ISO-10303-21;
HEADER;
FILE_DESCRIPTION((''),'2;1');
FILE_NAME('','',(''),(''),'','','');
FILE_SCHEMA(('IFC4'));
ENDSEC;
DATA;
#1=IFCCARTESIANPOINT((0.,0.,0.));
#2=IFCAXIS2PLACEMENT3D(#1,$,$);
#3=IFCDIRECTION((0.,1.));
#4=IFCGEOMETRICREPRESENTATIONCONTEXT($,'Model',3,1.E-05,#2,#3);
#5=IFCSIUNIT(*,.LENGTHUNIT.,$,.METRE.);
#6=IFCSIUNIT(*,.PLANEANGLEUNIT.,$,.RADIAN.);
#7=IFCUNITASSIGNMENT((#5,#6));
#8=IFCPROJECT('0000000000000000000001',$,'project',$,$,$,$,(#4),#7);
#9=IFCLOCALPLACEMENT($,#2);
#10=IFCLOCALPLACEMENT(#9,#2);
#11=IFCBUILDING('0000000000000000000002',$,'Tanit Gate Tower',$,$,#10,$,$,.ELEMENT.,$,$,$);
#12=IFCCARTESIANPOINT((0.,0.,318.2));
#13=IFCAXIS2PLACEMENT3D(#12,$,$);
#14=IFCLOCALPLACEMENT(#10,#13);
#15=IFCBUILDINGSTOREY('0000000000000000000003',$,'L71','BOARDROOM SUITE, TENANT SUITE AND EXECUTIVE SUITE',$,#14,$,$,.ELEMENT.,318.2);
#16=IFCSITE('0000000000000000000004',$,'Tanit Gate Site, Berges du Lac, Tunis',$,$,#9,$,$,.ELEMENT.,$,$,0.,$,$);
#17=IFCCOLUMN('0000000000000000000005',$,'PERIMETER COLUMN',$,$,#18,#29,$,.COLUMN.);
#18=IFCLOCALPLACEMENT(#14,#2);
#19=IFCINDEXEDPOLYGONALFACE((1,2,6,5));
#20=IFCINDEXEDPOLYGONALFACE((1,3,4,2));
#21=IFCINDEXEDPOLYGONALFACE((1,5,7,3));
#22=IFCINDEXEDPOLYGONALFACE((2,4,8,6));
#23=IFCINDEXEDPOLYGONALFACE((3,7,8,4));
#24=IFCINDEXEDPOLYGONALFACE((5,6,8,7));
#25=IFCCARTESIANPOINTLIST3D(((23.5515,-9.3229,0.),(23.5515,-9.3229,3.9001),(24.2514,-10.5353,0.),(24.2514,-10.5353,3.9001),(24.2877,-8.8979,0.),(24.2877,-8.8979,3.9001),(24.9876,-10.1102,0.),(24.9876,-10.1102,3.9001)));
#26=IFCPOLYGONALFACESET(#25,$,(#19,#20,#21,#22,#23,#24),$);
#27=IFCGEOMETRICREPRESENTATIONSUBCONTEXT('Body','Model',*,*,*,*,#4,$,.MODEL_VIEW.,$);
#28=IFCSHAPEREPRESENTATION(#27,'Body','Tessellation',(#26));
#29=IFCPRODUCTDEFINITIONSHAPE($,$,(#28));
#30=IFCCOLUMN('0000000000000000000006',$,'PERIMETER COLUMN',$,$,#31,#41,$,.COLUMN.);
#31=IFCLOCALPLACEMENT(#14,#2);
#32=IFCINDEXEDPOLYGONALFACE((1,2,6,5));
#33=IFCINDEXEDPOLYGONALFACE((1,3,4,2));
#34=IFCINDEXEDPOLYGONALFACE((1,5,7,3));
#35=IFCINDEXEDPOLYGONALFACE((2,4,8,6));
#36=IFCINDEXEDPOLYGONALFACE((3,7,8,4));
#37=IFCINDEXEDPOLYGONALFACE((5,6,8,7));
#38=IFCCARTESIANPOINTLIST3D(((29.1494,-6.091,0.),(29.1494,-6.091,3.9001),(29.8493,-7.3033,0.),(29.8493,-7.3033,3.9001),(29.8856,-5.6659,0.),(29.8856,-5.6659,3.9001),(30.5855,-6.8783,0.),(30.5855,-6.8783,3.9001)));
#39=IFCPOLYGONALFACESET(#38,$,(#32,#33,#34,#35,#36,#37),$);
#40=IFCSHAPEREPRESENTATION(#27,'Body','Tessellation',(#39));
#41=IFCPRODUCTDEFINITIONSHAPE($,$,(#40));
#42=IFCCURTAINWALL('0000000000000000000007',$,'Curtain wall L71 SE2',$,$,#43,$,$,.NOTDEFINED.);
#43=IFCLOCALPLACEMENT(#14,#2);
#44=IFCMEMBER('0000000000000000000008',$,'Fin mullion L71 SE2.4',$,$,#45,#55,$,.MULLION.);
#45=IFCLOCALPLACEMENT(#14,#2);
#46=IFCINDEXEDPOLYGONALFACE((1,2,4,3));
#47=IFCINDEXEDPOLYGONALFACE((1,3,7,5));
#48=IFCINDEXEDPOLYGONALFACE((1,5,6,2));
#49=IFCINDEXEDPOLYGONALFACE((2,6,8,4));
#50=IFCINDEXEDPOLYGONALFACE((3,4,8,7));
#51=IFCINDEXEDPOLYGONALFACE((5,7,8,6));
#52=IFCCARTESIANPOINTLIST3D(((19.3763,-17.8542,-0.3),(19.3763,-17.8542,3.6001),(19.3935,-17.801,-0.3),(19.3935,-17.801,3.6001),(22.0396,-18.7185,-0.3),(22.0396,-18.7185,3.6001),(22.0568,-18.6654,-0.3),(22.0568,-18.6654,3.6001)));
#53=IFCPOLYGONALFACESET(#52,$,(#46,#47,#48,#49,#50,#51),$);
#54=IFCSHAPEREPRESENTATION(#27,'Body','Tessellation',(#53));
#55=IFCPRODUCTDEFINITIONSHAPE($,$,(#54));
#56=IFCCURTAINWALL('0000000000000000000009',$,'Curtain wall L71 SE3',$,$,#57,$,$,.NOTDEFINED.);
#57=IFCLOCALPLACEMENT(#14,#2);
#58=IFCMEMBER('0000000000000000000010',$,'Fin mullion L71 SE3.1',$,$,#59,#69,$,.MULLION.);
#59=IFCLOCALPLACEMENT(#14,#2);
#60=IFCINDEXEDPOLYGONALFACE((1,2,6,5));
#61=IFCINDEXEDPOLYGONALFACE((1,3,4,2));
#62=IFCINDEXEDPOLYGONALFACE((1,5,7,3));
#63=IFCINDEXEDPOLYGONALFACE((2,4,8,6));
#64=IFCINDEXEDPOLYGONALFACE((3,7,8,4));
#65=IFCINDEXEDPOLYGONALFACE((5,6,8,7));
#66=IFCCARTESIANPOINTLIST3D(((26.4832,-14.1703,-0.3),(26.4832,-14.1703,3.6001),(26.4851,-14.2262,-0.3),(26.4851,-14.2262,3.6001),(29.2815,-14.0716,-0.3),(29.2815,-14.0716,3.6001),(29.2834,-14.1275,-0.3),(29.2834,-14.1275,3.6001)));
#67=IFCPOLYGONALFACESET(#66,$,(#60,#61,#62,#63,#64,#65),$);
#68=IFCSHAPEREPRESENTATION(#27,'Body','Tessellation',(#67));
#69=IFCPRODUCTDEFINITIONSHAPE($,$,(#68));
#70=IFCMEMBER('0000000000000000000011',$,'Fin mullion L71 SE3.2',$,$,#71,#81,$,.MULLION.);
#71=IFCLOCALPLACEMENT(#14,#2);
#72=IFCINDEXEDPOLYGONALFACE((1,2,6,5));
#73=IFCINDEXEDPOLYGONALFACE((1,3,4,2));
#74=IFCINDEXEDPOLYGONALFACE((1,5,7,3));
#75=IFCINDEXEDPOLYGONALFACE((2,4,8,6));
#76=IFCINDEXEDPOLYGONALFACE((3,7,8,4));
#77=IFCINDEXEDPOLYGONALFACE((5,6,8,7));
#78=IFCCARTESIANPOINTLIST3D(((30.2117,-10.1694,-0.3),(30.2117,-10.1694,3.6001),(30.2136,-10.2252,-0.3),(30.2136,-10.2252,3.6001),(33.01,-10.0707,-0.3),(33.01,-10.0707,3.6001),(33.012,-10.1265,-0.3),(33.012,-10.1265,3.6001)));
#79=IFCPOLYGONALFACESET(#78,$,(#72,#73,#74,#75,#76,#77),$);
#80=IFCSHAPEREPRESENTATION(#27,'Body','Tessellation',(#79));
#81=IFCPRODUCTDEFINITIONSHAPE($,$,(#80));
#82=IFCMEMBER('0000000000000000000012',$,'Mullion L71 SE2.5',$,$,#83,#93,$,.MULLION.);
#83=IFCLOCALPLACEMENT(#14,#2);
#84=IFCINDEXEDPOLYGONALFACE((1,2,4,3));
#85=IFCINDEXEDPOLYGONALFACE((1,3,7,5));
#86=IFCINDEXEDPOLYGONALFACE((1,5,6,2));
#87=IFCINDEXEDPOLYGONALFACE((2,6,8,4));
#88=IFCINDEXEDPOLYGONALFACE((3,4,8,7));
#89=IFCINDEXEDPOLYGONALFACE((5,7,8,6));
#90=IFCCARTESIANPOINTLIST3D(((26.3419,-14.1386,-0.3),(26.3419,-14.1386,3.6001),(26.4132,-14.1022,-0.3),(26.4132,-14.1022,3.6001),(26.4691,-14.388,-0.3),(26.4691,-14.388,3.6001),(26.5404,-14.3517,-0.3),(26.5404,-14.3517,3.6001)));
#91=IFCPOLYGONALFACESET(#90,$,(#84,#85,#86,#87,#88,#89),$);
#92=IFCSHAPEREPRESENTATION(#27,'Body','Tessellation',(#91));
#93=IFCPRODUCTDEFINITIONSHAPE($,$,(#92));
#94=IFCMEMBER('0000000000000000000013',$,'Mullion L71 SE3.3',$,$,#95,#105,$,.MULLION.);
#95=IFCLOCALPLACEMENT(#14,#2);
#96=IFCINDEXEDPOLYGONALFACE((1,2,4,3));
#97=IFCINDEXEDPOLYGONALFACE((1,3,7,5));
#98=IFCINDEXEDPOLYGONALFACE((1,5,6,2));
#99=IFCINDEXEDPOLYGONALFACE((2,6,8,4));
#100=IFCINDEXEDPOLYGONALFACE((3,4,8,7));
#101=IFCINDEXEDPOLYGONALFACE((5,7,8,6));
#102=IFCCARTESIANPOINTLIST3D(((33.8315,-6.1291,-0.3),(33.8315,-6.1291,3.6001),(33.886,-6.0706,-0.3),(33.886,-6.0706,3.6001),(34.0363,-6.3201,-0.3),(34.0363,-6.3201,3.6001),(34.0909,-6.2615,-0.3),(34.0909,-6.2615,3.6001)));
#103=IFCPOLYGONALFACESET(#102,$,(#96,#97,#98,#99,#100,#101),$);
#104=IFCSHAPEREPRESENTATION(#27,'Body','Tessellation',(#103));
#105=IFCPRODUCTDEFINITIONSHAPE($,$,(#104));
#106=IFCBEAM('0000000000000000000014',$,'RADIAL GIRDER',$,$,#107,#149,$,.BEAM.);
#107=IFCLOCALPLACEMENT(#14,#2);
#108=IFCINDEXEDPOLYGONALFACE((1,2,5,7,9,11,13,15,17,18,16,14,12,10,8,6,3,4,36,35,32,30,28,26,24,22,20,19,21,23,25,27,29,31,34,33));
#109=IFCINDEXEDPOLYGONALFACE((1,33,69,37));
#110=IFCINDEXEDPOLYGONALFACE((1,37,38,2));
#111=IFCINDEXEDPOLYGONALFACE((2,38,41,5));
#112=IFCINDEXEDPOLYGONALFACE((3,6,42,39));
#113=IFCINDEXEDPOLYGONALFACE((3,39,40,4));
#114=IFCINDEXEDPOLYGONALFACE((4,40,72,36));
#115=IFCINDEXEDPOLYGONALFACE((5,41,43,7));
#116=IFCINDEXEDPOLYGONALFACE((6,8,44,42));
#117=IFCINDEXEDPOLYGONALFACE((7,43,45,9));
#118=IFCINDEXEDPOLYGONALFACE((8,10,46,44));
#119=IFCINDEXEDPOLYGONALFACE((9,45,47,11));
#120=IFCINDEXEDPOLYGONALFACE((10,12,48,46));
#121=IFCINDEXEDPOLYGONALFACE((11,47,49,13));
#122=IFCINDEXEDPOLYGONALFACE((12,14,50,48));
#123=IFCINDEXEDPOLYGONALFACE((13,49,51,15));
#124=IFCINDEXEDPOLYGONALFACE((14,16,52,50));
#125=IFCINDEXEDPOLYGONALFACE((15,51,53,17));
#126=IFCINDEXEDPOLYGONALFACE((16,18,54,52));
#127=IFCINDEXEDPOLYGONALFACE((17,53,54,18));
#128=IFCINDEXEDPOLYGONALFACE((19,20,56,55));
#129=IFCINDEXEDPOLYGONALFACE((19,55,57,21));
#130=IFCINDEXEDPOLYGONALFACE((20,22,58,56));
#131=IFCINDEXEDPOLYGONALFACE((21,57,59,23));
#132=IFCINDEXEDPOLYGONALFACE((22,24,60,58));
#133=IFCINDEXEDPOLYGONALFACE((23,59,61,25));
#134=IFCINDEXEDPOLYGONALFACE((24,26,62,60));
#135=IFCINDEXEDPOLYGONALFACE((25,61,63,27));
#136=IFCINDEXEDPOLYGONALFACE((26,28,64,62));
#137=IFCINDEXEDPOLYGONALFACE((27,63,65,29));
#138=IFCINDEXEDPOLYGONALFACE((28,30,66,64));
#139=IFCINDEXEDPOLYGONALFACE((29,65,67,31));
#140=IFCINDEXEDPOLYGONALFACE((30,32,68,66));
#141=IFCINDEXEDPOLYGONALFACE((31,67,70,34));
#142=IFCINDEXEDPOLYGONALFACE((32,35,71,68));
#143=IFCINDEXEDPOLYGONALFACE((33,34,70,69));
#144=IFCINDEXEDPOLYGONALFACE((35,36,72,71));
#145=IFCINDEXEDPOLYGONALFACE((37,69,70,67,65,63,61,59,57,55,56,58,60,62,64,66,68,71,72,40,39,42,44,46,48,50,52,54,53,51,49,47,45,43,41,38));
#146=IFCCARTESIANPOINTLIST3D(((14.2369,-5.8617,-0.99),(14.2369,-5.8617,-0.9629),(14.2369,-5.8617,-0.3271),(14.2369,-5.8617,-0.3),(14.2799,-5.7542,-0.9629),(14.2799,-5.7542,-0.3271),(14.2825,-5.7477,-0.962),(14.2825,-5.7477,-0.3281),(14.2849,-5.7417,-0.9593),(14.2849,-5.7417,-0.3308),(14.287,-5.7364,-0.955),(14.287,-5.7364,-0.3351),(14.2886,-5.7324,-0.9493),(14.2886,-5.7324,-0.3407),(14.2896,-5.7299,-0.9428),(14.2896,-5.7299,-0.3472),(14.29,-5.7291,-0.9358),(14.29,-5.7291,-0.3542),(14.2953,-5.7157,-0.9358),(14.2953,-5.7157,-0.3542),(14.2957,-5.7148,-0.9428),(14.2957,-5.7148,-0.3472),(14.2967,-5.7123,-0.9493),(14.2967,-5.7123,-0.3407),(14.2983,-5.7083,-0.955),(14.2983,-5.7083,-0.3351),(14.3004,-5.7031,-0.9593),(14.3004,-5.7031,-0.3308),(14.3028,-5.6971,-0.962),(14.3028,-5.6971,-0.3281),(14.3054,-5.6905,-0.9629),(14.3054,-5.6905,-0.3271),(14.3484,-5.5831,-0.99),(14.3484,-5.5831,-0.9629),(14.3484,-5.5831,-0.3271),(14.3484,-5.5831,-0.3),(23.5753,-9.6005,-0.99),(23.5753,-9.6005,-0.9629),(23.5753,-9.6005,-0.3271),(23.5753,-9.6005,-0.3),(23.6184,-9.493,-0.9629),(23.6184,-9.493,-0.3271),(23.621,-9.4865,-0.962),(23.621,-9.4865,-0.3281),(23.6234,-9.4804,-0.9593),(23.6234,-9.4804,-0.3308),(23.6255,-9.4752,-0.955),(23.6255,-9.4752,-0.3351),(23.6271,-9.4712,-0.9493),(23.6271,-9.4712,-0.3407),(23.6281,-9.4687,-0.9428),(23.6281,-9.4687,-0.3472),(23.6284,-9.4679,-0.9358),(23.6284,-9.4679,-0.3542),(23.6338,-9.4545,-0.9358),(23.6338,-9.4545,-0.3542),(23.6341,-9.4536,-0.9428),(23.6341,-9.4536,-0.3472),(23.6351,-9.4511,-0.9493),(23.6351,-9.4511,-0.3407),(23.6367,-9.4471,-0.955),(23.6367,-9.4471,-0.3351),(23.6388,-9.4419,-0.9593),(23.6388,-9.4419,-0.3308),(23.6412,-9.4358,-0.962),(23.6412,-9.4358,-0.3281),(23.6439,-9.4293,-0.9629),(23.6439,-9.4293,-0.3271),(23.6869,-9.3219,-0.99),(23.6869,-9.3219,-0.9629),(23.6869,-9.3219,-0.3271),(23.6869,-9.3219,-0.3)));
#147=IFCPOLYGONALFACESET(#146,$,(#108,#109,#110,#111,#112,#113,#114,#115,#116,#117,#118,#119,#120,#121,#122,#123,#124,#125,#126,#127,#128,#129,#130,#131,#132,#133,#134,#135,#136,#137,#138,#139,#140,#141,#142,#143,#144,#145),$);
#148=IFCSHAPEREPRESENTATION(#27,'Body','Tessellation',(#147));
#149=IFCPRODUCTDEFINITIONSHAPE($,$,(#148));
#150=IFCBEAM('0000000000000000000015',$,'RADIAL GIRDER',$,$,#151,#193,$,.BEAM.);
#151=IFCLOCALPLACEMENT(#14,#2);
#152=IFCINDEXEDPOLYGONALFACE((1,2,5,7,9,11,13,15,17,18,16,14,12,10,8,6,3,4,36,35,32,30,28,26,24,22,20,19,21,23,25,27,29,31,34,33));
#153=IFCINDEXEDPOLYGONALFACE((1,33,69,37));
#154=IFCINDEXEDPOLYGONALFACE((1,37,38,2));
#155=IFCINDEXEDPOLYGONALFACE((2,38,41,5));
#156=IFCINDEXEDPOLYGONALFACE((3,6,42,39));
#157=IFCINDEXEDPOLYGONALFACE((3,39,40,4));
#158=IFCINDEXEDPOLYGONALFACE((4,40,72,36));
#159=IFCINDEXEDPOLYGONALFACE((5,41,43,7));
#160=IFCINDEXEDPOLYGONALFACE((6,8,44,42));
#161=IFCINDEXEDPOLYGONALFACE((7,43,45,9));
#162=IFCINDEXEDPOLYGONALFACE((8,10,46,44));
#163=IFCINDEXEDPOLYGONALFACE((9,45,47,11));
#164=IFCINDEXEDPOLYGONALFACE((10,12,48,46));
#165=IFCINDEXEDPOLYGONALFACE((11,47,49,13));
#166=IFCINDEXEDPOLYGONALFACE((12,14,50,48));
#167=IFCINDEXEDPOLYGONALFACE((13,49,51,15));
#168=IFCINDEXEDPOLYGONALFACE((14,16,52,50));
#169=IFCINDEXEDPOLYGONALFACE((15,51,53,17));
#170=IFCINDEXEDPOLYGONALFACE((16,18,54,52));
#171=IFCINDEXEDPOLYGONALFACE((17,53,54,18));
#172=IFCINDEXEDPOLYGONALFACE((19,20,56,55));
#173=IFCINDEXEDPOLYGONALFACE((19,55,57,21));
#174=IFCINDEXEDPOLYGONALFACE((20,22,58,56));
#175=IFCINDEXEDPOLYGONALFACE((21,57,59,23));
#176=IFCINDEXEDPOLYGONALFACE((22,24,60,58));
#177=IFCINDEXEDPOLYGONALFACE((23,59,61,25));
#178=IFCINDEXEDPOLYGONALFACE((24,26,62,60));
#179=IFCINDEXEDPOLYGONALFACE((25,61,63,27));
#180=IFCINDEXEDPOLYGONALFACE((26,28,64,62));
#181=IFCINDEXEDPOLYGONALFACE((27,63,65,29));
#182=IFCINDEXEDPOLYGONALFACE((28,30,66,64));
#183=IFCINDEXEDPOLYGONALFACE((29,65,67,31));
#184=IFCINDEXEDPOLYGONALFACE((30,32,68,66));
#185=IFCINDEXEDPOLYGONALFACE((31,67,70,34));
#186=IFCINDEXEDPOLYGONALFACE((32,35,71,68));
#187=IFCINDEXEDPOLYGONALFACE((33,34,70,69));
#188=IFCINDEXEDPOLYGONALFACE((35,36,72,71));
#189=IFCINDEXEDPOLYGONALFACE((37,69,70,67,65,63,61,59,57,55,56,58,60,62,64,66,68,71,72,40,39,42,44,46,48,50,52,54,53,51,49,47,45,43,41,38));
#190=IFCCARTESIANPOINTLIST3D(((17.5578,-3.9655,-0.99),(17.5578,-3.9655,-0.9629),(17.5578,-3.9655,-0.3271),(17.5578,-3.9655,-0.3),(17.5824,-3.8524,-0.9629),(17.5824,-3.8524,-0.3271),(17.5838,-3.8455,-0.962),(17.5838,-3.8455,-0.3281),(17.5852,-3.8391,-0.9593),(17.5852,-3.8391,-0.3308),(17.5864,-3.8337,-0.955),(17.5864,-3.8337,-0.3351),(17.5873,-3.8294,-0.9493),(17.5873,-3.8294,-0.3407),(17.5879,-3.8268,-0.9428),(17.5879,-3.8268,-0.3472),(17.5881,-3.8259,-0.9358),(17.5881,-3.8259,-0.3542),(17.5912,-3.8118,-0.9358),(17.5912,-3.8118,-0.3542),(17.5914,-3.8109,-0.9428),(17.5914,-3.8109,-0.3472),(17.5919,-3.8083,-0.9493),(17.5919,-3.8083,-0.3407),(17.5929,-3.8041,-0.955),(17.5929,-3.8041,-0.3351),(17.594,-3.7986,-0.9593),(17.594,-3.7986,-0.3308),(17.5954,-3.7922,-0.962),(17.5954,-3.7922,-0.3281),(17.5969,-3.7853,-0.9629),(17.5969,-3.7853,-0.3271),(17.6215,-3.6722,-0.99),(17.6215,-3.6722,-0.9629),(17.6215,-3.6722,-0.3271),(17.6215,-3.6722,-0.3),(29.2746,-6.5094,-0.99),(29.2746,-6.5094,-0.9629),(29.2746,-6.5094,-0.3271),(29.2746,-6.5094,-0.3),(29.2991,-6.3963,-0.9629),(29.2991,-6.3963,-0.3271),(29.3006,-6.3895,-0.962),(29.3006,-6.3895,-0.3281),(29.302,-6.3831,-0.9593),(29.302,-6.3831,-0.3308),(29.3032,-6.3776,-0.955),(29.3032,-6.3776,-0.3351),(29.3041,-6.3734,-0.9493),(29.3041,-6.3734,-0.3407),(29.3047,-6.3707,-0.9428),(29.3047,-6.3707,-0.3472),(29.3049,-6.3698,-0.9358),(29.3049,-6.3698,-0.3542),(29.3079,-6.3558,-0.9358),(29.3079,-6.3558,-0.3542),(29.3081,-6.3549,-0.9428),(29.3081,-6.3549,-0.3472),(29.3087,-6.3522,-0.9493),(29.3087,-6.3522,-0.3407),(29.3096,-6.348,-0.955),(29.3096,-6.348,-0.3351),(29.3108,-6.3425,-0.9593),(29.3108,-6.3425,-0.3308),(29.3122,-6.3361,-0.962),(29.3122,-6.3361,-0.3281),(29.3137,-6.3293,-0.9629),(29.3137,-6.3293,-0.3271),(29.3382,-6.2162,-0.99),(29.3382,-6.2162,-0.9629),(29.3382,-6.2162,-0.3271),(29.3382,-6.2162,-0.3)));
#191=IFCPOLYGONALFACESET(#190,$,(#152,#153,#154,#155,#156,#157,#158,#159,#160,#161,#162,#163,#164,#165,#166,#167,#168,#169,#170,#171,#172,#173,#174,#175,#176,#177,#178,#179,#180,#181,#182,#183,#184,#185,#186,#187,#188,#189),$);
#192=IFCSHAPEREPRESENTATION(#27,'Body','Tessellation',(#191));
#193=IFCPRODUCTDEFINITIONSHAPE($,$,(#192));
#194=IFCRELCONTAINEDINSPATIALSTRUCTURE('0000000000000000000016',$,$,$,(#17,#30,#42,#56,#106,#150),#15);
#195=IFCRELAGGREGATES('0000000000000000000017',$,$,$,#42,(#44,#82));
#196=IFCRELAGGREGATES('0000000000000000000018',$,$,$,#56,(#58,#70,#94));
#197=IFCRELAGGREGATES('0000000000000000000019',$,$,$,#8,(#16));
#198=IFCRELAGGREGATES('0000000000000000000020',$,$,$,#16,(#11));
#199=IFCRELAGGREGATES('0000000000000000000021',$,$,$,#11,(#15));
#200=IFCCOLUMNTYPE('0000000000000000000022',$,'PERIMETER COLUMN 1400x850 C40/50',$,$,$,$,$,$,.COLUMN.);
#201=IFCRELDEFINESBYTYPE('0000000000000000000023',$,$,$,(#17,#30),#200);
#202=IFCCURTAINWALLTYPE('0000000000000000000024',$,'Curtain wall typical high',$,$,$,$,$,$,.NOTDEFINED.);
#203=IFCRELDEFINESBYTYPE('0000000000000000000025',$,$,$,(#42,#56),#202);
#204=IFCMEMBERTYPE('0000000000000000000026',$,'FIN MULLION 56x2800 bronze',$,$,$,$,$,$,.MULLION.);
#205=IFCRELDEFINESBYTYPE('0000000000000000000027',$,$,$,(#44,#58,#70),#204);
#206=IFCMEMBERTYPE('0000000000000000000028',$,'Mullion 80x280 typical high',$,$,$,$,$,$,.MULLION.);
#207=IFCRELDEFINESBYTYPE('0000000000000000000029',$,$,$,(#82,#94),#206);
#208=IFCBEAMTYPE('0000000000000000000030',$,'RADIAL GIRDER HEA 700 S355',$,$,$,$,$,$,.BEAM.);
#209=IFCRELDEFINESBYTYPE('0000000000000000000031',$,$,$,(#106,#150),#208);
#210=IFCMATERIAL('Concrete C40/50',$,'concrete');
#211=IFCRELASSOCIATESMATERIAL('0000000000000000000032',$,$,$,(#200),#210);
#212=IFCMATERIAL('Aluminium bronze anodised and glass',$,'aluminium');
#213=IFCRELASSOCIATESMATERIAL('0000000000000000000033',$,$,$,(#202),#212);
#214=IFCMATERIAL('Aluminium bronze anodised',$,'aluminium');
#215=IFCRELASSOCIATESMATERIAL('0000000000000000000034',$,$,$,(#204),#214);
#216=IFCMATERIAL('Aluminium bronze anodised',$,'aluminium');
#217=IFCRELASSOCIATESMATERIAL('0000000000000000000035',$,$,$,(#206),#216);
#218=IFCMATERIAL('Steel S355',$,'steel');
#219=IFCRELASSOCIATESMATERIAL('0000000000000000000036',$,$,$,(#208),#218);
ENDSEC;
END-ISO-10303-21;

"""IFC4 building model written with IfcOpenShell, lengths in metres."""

from ifc_helpers import new_model, si_unit, direction, frame, origin, origin_2d, place, context, subcontext, project, spatial, rectangle, i_section, extrude, material, material_profile, profile_set, type_object, element, aggregate, save


model = new_model("IFC4")

# Units and contexts
model_context = context("Model", 3, precision=1e-05, world=origin(), true_north=direction((0.0, 1.0)))
body_context = subcontext(model_context, "Body", "Model", "MODEL_VIEW")
ifc_project = project(units=[si_unit("LENGTHUNIT", "METRE"), si_unit("PLANEANGLEUNIT", "RADIAN")], contexts=[model_context])

# Site, building, storey
site_placement = place(None, origin())
site = spatial("IfcSite", under=ifc_project, at=site_placement, Name="Tanit Gate Site, Berges du Lac, Tunis", CompositionType="ELEMENT", RefElevation=0.0)
building_placement = place(site_placement, origin())
building = spatial("IfcBuilding", under=site, at=building_placement, Name="Tanit Gate Tower", CompositionType="ELEMENT")
storey_placement = place(building_placement, frame((0.0, 0.0, 318.2)))
storey = spatial("IfcBuildingStorey", under=building, at=storey_placement, Name="L71", Description="BOARDROOM SUITE, TENANT SUITE AND EXECUTIVE SUITE", CompositionType="ELEMENT", Elevation=318.2)

# Columns
ifc_material_1 = material(Name="Concrete C40/50", Category="concrete")
ifc_material_profile_1 = material_profile(ifc_material_1, rectangle(XDim=1.3999, YDim=0.8501, at=origin_2d()), Name="RC 1400x850")
ifc_profile_set_1 = profile_set([ifc_material_profile_1], Name="Concrete C40/50")
column_type = type_object("IfcColumnType", Name="PERIMETER COLUMN 1400x850 C40/50", PredefinedType="COLUMN", material=ifc_profile_set_1)
for number, where, z_axis, x_axis, name in (
    (1, (24.2695, -9.7166, 0.0), (0.0, 0.0, 1.0), (0.5, -0.866025, 0.0), "PERIMETER COLUMN"),
    (2, (29.8674, -6.4846, 0.0), (0.0, 0.0, 1.0), (0.5, -0.866025, 0.0), "PERIMETER COLUMN"),
):
    element("IfcColumn", number, at=place(storey_placement, frame(where, z_axis=z_axis, x_axis=x_axis)), inside=storey, type_object=column_type, Name=name, PredefinedType="COLUMN", context=body_context, shape_type="SweptSolid", body=[
        extrude(rectangle(XDim=1.3999, YDim=0.8501, at=origin_2d()), origin(), (0.0, 0.0, 1.0), 3.9001),
    ])

# Curtain wall, member
ifc_material_2 = material(Name="Aluminium bronze anodised and glass", Category="aluminium")
curtain_wall_type = type_object("IfcCurtainWallType", Name="Curtain wall typical high", PredefinedType="NOTDEFINED", material=ifc_material_2)
curtain_wall_1_placement = place(storey_placement, origin())
curtain_wall_1 = element("IfcCurtainWall", 3, at=curtain_wall_1_placement, inside=storey, type_object=curtain_wall_type, Name="Curtain wall L71 SE2", PredefinedType="NOTDEFINED")
ifc_material_3 = material(Name="Aluminium bronze anodised", Category="aluminium")
ifc_material_profile_2 = material_profile(ifc_material_3, rectangle(XDim=2.8, YDim=0.0559, at=origin_2d()), Name="56x2800 bronze fin mullion")
ifc_profile_set_2 = profile_set([ifc_material_profile_2], Name="Aluminium bronze anodised")
member_type_1 = type_object("IfcMemberType", Name="FIN MULLION 56x2800 bronze", PredefinedType="MULLION", material=ifc_profile_set_2)
member_1_placement = place(storey_placement, frame((20.7166, -18.2598, -0.3), z_axis=(0.0, 0.0, 1.0), x_axis=(-0.95116, 0.3087, 0.0)))
member_1 = element("IfcMember", 4, at=member_1_placement, type_object=member_type_1, Name="Fin mullion L71 SE2.4", PredefinedType="MULLION", context=body_context, shape_type="SweptSolid", body=[
    extrude(rectangle(XDim=2.8, YDim=0.0559, at=origin_2d()), origin(), (0.0, 0.0, 1.0), 3.9001),
])

# Curtain wall, members
curtain_wall_2_placement = place(storey_placement, origin())
curtain_wall_2 = element("IfcCurtainWall", 5, at=curtain_wall_2_placement, inside=storey, type_object=curtain_wall_type, Name="Curtain wall L71 SE3", PredefinedType="NOTDEFINED")
member_2_placement = place(storey_placement, frame((27.8833, -14.1489, -0.3), z_axis=(0.0, 0.0, 1.0), x_axis=(-0.999379, -0.035242, 0.0)))
member_2 = element("IfcMember", 6, at=member_2_placement, type_object=member_type_1, Name="Fin mullion L71 SE3.1", PredefinedType="MULLION", context=body_context, shape_type="SweptSolid", body=[
    extrude(rectangle(XDim=2.8, YDim=0.0559, at=origin_2d()), origin(), (0.0, 0.0, 1.0), 3.9001),
])
member_3_placement = place(storey_placement, frame((31.6118, -10.1479, -0.3), z_axis=(0.0, 0.0, 1.0), x_axis=(-0.999379, -0.035242, 0.0)))
member_3 = element("IfcMember", 7, at=member_3_placement, type_object=member_type_1, Name="Fin mullion L71 SE3.2", PredefinedType="MULLION", context=body_context, shape_type="SweptSolid", body=[
    extrude(rectangle(XDim=2.8, YDim=0.0559, at=origin_2d()), origin(), (0.0, 0.0, 1.0), 3.9001),
])

# Members
ifc_material_4 = material(Name="Aluminium bronze anodised", Category="aluminium")
ifc_material_profile_3 = material_profile(ifc_material_4, rectangle(XDim=0.28, YDim=0.0801, at=origin_2d()), Name="80x280 bronze mullion")
ifc_profile_set_3 = profile_set([ifc_material_profile_3], Name="Aluminium bronze anodised")
member_type_2 = type_object("IfcMemberType", Name="Mullion 80x280 typical high", PredefinedType="MULLION", material=ifc_profile_set_3)
member_4_placement = place(storey_placement, frame((26.4412, -14.2451, -0.3), z_axis=(0.0, 0.0, 1.0), x_axis=(-0.454288, 0.890855, 0.0)))
member_4 = element("IfcMember", 8, at=member_4_placement, type_object=member_type_2, Name="Mullion L71 SE2.5", PredefinedType="MULLION", context=body_context, shape_type="SweptSolid", body=[
    extrude(rectangle(XDim=0.28, YDim=0.0801, at=origin_2d()), origin(), (0.0, 0.0, 1.0), 3.9001),
])
member_5_placement = place(storey_placement, frame((33.9612, -6.1953, -0.3), z_axis=(0.0, 0.0, 1.0), x_axis=(-0.731587, 0.681748, 0.0)))
member_5 = element("IfcMember", 9, at=member_5_placement, type_object=member_type_2, Name="Mullion L71 SE3.3", PredefinedType="MULLION", context=body_context, shape_type="SweptSolid", body=[
    extrude(rectangle(XDim=0.28, YDim=0.0801, at=origin_2d()), origin(), (0.0, 0.0, 1.0), 3.9001),
])

# Beams
ifc_material_5 = material(Name="Steel S355", Category="steel")
ifc_material_profile_4 = material_profile(ifc_material_5, i_section(OverallWidth=0.3, OverallDepth=0.6899, WebThickness=0.0144, FlangeThickness=0.0271, FilletRadius=0.0271, at=origin_2d()), Name="HEA 700")
ifc_profile_set_4 = profile_set([ifc_material_profile_4], Name="Steel S355")
beam_type = type_object("IfcBeamType", Name="RADIAL GIRDER HEA 700 S355", PredefinedType="BEAM", material=ifc_profile_set_4)
beam_1_placement = place(storey_placement, frame((23.6311, -9.4612, -0.645), z_axis=(-0.928359, 0.371684, 0.0), x_axis=(-0.371684, -0.928359, 0.0)))
element("IfcBeam", 10, at=beam_1_placement, inside=storey, type_object=beam_type, Name="RADIAL GIRDER", PredefinedType="BEAM", context=body_context, shape_type="SweptSolid", body=[
    extrude(i_section(OverallWidth=0.3, OverallDepth=0.6899, WebThickness=0.0144, FlangeThickness=0.0271, FilletRadius=0.0271, at=origin_2d()), origin(), (0.0, 0.0, 1.0), 10.0591),
])
beam_2_placement = place(storey_placement, frame((29.3064, -6.3628, -0.645), z_axis=(-0.977231, 0.212176, 0.0), x_axis=(-0.212176, -0.977231, 0.0)))
element("IfcBeam", 11, at=beam_2_placement, inside=storey, type_object=beam_type, Name="RADIAL GIRDER", PredefinedType="BEAM", context=body_context, shape_type="SweptSolid", body=[
    extrude(i_section(OverallWidth=0.3, OverallDepth=0.6899, WebThickness=0.0144, FlangeThickness=0.0271, FilletRadius=0.0271, at=origin_2d()), origin(), (0.0, 0.0, 1.0), 11.9897),
])

aggregate(curtain_wall_1, [member_1, member_4])
aggregate(curtain_wall_2, [member_2, member_3, member_5])

save(model, "model.ifc")
